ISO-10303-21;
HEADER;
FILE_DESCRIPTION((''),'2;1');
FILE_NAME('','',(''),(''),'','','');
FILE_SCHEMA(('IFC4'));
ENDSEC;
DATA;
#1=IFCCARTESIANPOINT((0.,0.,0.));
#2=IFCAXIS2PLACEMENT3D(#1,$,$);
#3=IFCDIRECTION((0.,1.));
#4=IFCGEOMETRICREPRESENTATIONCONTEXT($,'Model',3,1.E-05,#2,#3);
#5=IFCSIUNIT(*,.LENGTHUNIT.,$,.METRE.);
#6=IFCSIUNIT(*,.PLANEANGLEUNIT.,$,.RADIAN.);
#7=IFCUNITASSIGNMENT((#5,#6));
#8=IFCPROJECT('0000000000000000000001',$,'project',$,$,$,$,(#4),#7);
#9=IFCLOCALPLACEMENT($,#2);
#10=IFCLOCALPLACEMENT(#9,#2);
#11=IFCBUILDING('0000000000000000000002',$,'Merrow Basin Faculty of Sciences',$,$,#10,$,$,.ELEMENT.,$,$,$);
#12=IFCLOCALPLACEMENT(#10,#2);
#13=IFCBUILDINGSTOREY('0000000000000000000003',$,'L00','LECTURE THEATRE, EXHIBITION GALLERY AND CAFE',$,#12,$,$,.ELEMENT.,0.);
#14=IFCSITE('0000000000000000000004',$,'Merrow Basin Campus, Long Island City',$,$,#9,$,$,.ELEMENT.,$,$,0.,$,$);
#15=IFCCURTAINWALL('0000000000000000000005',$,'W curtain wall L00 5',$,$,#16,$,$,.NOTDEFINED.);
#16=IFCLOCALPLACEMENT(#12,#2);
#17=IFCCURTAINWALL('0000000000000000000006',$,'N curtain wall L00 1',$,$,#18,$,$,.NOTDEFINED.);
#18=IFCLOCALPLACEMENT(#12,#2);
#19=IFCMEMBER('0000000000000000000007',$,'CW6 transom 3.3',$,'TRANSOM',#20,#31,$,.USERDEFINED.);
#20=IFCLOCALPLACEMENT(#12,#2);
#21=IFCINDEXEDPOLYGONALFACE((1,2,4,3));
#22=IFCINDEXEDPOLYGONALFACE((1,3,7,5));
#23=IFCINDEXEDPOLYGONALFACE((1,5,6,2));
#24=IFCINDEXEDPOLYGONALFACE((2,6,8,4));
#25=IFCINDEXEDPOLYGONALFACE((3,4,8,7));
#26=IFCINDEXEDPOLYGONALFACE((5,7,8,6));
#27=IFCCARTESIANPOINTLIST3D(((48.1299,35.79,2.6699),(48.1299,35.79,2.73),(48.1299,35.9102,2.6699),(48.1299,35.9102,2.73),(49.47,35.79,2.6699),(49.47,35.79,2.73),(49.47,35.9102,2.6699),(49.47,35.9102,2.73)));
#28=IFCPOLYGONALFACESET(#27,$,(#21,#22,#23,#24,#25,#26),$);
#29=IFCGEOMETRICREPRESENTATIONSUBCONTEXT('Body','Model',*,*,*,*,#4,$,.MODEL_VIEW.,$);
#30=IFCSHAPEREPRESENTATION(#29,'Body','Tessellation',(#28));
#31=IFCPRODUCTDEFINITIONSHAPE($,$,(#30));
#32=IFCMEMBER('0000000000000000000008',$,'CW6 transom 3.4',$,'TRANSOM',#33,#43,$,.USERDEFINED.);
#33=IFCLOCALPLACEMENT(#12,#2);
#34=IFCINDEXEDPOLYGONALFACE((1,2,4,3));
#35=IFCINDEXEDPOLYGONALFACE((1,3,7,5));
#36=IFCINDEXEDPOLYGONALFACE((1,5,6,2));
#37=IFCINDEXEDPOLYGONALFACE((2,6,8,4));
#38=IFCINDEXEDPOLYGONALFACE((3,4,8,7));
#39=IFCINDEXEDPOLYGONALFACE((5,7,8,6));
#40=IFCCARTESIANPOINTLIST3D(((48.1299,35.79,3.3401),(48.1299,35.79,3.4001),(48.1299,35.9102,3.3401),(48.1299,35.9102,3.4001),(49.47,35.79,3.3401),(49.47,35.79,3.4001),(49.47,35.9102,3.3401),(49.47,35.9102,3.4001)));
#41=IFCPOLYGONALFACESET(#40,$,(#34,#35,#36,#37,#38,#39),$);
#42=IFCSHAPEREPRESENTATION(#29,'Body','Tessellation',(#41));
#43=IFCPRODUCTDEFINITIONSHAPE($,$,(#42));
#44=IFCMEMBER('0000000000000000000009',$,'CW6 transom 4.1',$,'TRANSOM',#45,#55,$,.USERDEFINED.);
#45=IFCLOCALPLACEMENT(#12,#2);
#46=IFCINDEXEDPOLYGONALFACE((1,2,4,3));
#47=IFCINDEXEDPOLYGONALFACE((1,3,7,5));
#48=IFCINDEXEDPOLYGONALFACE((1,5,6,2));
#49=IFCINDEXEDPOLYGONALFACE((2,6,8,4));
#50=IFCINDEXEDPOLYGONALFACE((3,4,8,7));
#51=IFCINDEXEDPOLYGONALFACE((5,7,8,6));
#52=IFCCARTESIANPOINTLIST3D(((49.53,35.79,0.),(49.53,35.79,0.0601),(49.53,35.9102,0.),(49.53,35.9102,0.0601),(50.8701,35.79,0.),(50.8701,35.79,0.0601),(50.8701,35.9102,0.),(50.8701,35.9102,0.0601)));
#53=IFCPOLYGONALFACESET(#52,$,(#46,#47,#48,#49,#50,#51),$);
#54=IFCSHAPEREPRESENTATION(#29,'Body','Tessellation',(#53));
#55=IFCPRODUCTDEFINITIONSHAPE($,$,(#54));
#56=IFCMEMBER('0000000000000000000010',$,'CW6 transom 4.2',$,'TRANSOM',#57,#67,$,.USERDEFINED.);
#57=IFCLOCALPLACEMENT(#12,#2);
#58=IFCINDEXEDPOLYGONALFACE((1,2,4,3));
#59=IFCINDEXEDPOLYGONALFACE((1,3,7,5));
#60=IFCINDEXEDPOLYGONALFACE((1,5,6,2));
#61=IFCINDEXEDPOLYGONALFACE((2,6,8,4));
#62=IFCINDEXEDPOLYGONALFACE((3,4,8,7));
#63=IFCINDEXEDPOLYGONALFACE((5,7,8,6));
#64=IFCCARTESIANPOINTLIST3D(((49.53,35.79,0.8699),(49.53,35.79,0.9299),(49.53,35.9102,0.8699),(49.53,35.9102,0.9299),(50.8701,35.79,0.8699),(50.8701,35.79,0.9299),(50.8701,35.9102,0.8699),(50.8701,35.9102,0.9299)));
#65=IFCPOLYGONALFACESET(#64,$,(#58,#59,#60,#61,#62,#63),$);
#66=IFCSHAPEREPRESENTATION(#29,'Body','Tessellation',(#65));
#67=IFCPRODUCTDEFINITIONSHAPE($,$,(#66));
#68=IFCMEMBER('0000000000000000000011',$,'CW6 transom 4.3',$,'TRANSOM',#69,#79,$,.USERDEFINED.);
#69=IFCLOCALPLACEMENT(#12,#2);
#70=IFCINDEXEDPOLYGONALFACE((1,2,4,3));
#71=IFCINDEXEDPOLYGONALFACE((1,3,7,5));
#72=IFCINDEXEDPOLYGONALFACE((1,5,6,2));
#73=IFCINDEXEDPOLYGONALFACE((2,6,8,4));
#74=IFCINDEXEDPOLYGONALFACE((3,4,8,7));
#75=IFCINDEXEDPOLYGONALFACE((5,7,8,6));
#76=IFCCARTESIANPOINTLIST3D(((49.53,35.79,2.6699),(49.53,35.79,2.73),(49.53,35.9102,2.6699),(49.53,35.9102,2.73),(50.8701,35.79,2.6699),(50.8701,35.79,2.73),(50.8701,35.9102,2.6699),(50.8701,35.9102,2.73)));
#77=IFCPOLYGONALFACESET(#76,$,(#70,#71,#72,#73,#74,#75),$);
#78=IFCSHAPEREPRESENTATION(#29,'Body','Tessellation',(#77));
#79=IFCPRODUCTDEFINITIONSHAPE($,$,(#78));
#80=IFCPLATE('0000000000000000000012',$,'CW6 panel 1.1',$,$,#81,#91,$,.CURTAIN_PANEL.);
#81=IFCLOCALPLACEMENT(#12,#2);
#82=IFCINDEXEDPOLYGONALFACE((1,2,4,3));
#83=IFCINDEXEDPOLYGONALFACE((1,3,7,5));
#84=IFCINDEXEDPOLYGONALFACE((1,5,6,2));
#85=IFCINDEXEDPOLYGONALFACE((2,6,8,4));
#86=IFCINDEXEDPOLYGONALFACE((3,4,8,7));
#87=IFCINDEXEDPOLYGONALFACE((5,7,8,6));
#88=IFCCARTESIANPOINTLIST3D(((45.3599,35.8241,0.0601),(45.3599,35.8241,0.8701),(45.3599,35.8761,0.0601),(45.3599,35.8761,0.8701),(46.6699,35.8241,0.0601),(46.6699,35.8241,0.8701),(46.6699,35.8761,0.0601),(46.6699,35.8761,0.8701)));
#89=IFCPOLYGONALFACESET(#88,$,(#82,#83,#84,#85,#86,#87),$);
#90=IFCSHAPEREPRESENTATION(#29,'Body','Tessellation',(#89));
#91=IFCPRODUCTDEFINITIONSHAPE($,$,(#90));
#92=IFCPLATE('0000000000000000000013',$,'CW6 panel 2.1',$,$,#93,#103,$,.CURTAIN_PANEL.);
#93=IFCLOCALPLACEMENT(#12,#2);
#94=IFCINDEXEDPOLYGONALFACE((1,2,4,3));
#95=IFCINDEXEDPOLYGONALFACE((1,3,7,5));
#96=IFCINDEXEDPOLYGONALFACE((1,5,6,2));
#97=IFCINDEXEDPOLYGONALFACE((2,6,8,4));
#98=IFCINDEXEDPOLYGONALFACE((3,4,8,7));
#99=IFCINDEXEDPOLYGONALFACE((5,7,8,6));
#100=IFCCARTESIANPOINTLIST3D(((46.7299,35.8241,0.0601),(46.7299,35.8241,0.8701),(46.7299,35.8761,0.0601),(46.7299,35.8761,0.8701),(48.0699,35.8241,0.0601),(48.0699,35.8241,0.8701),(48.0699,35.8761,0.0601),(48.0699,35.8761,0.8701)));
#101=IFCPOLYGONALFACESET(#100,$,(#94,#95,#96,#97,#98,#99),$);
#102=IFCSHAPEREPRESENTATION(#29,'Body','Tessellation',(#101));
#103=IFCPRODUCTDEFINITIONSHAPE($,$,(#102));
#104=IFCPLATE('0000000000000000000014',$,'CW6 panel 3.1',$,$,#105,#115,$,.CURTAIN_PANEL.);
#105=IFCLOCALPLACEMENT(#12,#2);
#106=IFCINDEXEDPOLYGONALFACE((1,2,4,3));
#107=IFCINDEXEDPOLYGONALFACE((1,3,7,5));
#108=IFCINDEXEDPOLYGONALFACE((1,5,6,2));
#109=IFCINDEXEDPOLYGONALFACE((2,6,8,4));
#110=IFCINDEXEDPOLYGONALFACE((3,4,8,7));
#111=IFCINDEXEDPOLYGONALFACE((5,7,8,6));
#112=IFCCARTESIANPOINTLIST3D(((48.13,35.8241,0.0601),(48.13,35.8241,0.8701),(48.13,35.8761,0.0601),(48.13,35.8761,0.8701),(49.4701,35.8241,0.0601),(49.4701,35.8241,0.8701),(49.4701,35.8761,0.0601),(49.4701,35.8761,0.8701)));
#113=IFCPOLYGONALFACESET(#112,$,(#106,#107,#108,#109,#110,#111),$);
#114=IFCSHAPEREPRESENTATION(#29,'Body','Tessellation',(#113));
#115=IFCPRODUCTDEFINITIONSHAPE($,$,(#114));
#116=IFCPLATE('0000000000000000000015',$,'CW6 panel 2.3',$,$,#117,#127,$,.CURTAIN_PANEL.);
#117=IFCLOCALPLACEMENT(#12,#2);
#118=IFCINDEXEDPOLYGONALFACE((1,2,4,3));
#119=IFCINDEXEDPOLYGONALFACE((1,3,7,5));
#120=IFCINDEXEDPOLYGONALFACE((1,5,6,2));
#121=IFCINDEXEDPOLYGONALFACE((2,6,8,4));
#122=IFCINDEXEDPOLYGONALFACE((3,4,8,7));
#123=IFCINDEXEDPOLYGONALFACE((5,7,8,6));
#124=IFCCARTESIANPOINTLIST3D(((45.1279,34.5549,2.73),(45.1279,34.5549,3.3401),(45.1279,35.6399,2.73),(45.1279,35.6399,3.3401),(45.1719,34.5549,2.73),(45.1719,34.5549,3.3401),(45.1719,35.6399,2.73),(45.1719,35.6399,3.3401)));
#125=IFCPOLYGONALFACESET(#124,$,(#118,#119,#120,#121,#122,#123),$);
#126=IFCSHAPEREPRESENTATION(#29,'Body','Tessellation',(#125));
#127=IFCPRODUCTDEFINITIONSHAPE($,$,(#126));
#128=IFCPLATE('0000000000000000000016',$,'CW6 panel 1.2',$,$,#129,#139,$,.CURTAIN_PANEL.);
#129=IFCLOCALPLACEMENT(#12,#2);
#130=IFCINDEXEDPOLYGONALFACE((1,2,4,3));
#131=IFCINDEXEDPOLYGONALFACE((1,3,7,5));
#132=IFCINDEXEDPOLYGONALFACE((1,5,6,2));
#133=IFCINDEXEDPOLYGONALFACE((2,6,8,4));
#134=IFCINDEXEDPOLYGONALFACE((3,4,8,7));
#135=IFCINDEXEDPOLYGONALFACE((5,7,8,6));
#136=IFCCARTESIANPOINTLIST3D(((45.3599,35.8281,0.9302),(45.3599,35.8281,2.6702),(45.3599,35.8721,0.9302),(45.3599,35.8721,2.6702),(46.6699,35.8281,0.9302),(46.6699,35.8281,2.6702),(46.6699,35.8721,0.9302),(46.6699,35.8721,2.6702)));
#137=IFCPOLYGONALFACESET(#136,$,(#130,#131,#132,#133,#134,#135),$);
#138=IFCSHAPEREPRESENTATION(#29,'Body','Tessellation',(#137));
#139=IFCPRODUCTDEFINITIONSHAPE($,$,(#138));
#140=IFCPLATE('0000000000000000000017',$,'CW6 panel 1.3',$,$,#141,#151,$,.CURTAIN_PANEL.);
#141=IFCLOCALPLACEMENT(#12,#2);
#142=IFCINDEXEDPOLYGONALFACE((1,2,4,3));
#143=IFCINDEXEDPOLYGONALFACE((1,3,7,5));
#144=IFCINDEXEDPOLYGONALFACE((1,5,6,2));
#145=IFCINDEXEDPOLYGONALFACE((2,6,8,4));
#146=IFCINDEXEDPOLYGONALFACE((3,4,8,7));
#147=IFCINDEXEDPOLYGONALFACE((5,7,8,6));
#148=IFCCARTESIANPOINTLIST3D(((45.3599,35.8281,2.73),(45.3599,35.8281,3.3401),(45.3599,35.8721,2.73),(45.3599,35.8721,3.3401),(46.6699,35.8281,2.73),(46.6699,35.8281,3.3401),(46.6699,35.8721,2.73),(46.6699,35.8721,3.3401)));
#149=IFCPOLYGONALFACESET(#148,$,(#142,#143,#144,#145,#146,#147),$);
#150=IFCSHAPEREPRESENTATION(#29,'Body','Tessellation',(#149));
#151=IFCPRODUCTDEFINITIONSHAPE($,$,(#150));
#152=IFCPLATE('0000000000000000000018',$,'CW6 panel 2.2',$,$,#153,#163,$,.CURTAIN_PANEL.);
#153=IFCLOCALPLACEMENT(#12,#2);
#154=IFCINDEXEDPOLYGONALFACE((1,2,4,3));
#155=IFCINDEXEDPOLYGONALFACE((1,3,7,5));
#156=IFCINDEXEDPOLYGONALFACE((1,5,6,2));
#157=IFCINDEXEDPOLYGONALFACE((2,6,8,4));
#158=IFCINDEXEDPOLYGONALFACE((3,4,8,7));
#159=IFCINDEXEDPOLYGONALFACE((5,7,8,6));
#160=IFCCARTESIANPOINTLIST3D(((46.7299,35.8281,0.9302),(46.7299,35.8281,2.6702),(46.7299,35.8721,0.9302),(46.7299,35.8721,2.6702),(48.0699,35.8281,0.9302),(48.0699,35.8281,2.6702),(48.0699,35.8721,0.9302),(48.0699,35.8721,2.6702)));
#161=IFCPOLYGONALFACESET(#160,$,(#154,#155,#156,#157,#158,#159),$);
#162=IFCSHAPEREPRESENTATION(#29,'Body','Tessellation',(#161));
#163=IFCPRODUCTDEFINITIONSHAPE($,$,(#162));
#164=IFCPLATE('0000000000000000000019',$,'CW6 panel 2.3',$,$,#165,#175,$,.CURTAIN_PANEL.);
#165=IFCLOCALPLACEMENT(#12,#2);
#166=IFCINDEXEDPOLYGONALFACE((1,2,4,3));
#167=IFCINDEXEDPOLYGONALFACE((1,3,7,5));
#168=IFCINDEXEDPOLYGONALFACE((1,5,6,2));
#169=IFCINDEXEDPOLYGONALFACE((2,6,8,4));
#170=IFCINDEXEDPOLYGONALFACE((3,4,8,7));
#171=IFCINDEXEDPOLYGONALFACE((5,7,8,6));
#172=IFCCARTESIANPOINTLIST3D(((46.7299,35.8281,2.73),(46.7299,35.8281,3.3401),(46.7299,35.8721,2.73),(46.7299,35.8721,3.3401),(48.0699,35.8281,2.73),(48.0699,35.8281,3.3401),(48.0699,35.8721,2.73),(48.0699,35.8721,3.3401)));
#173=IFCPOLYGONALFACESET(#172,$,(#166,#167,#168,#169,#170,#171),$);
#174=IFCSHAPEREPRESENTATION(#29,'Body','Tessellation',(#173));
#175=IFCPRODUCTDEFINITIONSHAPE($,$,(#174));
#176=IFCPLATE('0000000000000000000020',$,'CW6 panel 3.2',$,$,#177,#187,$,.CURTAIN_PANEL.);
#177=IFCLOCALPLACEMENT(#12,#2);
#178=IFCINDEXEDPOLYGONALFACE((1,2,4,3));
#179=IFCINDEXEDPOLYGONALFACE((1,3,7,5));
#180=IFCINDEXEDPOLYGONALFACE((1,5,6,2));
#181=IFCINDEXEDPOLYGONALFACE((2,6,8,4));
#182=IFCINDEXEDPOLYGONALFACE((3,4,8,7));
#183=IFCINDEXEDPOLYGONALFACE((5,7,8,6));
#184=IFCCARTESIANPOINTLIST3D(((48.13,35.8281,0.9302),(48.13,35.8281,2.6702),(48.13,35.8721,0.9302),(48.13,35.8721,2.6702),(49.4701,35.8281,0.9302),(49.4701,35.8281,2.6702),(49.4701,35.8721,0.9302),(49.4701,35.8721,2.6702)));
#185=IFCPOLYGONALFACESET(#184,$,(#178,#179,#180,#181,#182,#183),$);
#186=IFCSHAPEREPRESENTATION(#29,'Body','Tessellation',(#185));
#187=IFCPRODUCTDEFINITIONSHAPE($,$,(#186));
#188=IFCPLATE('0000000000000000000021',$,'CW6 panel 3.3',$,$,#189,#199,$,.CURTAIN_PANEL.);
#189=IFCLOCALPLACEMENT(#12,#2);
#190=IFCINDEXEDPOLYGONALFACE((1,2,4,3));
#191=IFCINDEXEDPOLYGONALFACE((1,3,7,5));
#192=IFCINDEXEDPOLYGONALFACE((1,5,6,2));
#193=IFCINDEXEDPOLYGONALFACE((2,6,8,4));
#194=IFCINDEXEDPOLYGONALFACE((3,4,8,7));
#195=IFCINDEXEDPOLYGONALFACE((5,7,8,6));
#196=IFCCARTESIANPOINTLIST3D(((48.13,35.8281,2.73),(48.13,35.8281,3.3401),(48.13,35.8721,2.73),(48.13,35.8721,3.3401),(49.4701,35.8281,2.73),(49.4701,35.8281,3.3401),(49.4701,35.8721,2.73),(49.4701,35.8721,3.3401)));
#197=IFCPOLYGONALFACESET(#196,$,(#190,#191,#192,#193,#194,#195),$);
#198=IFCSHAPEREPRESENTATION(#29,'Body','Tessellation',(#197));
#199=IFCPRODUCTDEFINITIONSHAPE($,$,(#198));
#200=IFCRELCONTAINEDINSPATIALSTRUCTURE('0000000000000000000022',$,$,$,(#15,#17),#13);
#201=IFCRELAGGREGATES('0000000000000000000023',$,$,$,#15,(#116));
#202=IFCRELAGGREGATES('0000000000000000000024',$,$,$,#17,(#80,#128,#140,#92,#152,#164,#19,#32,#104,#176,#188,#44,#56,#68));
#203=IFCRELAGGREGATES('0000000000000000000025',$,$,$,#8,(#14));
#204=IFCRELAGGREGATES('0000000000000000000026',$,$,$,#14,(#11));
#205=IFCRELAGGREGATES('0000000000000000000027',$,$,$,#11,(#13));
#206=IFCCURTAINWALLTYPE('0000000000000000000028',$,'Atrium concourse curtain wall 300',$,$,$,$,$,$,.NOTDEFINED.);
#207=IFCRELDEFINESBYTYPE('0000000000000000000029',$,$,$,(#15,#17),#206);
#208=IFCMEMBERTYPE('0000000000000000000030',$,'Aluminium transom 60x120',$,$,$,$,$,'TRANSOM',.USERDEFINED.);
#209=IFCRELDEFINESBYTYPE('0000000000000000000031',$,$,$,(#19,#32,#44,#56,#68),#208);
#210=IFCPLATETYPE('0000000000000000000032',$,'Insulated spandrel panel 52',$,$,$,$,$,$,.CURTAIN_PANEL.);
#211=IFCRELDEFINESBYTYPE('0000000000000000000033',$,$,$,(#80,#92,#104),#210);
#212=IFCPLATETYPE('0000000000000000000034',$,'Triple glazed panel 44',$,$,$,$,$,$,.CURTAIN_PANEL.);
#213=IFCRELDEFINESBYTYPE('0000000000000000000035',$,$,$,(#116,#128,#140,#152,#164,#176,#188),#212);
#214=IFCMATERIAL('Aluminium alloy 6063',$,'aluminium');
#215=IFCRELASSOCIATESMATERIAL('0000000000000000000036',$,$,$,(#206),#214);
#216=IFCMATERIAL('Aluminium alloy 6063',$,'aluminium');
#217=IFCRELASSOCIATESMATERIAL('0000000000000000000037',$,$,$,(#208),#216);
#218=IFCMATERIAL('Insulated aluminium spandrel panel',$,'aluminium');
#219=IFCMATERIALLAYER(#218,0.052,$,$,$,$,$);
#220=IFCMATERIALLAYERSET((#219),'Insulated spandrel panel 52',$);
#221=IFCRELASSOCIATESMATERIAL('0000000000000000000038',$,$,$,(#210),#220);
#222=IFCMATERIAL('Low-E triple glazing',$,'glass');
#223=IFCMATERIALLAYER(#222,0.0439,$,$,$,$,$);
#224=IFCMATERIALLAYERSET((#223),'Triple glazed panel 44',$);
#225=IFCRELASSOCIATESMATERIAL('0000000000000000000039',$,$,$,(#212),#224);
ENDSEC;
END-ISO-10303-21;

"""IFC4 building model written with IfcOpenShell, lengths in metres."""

from ifc_helpers import new_model, si_unit, direction, frame, origin, origin_2d, place, context, subcontext, project, spatial, rectangle, extrude, material, layer, layer_set, material_profile, profile_set, type_object, element, aggregate, save


model = new_model("IFC4")

# Units and contexts
model_context = context("Model", 3, precision=1e-05, world=origin(), true_north=direction((0.0, 1.0)))
body_context = subcontext(model_context, "Body", "Model", "MODEL_VIEW")
ifc_project = project(units=[si_unit("LENGTHUNIT", "METRE"), si_unit("PLANEANGLEUNIT", "RADIAN")], contexts=[model_context])

# Site, building, storey
site_placement = place(None, origin())
site = spatial("IfcSite", under=ifc_project, at=site_placement, Name="Merrow Basin Campus, Long Island City", CompositionType="ELEMENT", RefElevation=0.0)
building_placement = place(site_placement, origin())
building = spatial("IfcBuilding", under=site, at=building_placement, Name="Merrow Basin Faculty of Sciences", CompositionType="ELEMENT")
storey_placement = place(building_placement, origin())
storey = spatial("IfcBuildingStorey", under=building, at=storey_placement, Name="L00", Description="LECTURE THEATRE, EXHIBITION GALLERY AND CAFE", CompositionType="ELEMENT", Elevation=0.0)

# Curtain wall
ifc_material_1 = material(Name="Aluminium alloy 6063", Category="aluminium")
curtain_wall_type = type_object("IfcCurtainWallType", Name="Atrium concourse curtain wall 300", PredefinedType="NOTDEFINED", material=ifc_material_1)
curtain_wall_1_placement = place(storey_placement, origin())
curtain_wall_1 = element("IfcCurtainWall", 1, at=curtain_wall_1_placement, inside=storey, type_object=curtain_wall_type, Name="W curtain wall L00 5", PredefinedType="NOTDEFINED")

# Curtain wall, members, plates
curtain_wall_2_placement = place(storey_placement, origin())
curtain_wall_2 = element("IfcCurtainWall", 2, at=curtain_wall_2_placement, inside=storey, type_object=curtain_wall_type, Name="N curtain wall L00 1", PredefinedType="NOTDEFINED")
ifc_material_2 = material(Name="Aluminium alloy 6063", Category="aluminium")
ifc_material_profile_1 = material_profile(ifc_material_2, rectangle(XDim=0.1201, YDim=0.0601, at=origin_2d()))
ifc_profile_set_1 = profile_set([ifc_material_profile_1], Name="Aluminium alloy 6063")
member_type_1 = type_object("IfcMemberType", Name="Aluminium transom 60x120", ElementType="TRANSOM", PredefinedType="USERDEFINED", material=ifc_profile_set_1)
member_1_placement = place(storey_placement, frame((48.1299, 35.8501, 2.7), z_axis=(1.0, 0.0, 0.0), x_axis=(0.0, 1.0, 0.0)))
member_1 = element("IfcMember", 3, at=member_1_placement, type_object=member_type_1, Name="CW6 transom 3.3", ObjectType="TRANSOM", PredefinedType="USERDEFINED", context=body_context, shape_type="SweptSolid", body=[
    extrude(rectangle(XDim=0.1201, YDim=0.0601, at=origin_2d()), origin(), (0.0, 0.0, 1.0), 1.3401),
])
member_2_placement = place(storey_placement, frame((48.1299, 35.8501, 3.3701), z_axis=(1.0, 0.0, 0.0), x_axis=(0.0, 1.0, 0.0)))
member_2 = element("IfcMember", 4, at=member_2_placement, type_object=member_type_1, Name="CW6 transom 3.4", ObjectType="TRANSOM", PredefinedType="USERDEFINED", context=body_context, shape_type="SweptSolid", body=[
    extrude(rectangle(XDim=0.1201, YDim=0.0601, at=origin_2d()), origin(), (0.0, 0.0, 1.0), 1.3401),
])
member_3_placement = place(storey_placement, frame((49.53, 35.8501, 0.03), z_axis=(1.0, 0.0, 0.0), x_axis=(0.0, 1.0, 0.0)))
member_3 = element("IfcMember", 5, at=member_3_placement, type_object=member_type_1, Name="CW6 transom 4.1", ObjectType="TRANSOM", PredefinedType="USERDEFINED", context=body_context, shape_type="SweptSolid", body=[
    extrude(rectangle(XDim=0.1201, YDim=0.0601, at=origin_2d()), origin(), (0.0, 0.0, 1.0), 1.3401),
])
member_4_placement = place(storey_placement, frame((49.53, 35.8501, 0.8999), z_axis=(1.0, 0.0, 0.0), x_axis=(0.0, 1.0, 0.0)))
member_4 = element("IfcMember", 6, at=member_4_placement, type_object=member_type_1, Name="CW6 transom 4.2", ObjectType="TRANSOM", PredefinedType="USERDEFINED", context=body_context, shape_type="SweptSolid", body=[
    extrude(rectangle(XDim=0.1201, YDim=0.0601, at=origin_2d()), origin(), (0.0, 0.0, 1.0), 1.3401),
])
member_5_placement = place(storey_placement, frame((49.53, 35.8501, 2.7), z_axis=(1.0, 0.0, 0.0), x_axis=(0.0, 1.0, 0.0)))
member_5 = element("IfcMember", 7, at=member_5_placement, type_object=member_type_1, Name="CW6 transom 4.3", ObjectType="TRANSOM", PredefinedType="USERDEFINED", context=body_context, shape_type="SweptSolid", body=[
    extrude(rectangle(XDim=0.1201, YDim=0.0601, at=origin_2d()), origin(), (0.0, 0.0, 1.0), 1.3401),
])
ifc_material_3 = material(Name="Insulated aluminium spandrel panel", Category="aluminium")
ifc_layer_1 = layer(ifc_material_3, 0.052)
ifc_layer_set_1 = layer_set([ifc_layer_1], Name="Insulated spandrel panel 52")
plate_type_1 = type_object("IfcPlateType", Name="Insulated spandrel panel 52", PredefinedType="CURTAIN_PANEL", material=ifc_layer_set_1)
plate_1_placement = place(storey_placement, frame((46.0149, 35.8501, 0.0601), z_axis=(0.0, 0.0, 1.0), x_axis=(1.0, 0.0, 0.0)))
plate_1 = element("IfcPlate", 8, at=plate_1_placement, type_object=plate_type_1, Name="CW6 panel 1.1", PredefinedType="CURTAIN_PANEL", context=body_context, shape_type="SweptSolid", body=[
    extrude(rectangle(XDim=1.3101, YDim=0.052, at=origin_2d()), origin(), (0.0, 0.0, 1.0), 0.8101),
])
plate_2_placement = place(storey_placement, frame((47.3999, 35.8501, 0.0601), z_axis=(0.0, 0.0, 1.0), x_axis=(1.0, 0.0, 0.0)))
plate_2 = element("IfcPlate", 9, at=plate_2_placement, type_object=plate_type_1, Name="CW6 panel 2.1", PredefinedType="CURTAIN_PANEL", context=body_context, shape_type="SweptSolid", body=[
    extrude(rectangle(XDim=1.3401, YDim=0.052, at=origin_2d()), origin(), (0.0, 0.0, 1.0), 0.8101),
])
plate_3_placement = place(storey_placement, frame((48.8, 35.8501, 0.0601), z_axis=(0.0, 0.0, 1.0), x_axis=(1.0, 0.0, 0.0)))
plate_3 = element("IfcPlate", 10, at=plate_3_placement, type_object=plate_type_1, Name="CW6 panel 3.1", PredefinedType="CURTAIN_PANEL", context=body_context, shape_type="SweptSolid", body=[
    extrude(rectangle(XDim=1.3401, YDim=0.052, at=origin_2d()), origin(), (0.0, 0.0, 1.0), 0.8101),
])

# Plates
ifc_material_4 = material(Name="Low-E triple glazing", Category="glass")
ifc_layer_2 = layer(ifc_material_4, 0.0439)
ifc_layer_set_2 = layer_set([ifc_layer_2], Name="Triple glazed panel 44")
plate_type_2 = type_object("IfcPlateType", Name="Triple glazed panel 44", PredefinedType="CURTAIN_PANEL", material=ifc_layer_set_2)
plate_4_placement = place(storey_placement, frame((45.1499, 35.0974, 2.73), z_axis=(0.0, 0.0, 1.0), x_axis=(0.0, 1.0, 0.0)))
plate_4 = element("IfcPlate", 11, at=plate_4_placement, type_object=plate_type_2, Name="CW6 panel 2.3", PredefinedType="CURTAIN_PANEL", context=body_context, shape_type="SweptSolid", body=[
    extrude(rectangle(XDim=1.085, YDim=0.0439, at=origin_2d()), origin(), (0.0, 0.0, 1.0), 0.6101),
])
aggregate(curtain_wall_1, [plate_4])
plate_5_placement = place(storey_placement, frame((46.0149, 35.8501, 0.9302), z_axis=(0.0, 0.0, 1.0), x_axis=(1.0, 0.0, 0.0)))
plate_5 = element("IfcPlate", 12, at=plate_5_placement, type_object=plate_type_2, Name="CW6 panel 1.2", PredefinedType="CURTAIN_PANEL", context=body_context, shape_type="SweptSolid", body=[
    extrude(rectangle(XDim=1.3101, YDim=0.0439, at=origin_2d()), origin(), (0.0, 0.0, 1.0), 1.74),
])
plate_6_placement = place(storey_placement, frame((46.0149, 35.8501, 2.73), z_axis=(0.0, 0.0, 1.0), x_axis=(1.0, 0.0, 0.0)))
plate_6 = element("IfcPlate", 13, at=plate_6_placement, type_object=plate_type_2, Name="CW6 panel 1.3", PredefinedType="CURTAIN_PANEL", context=body_context, shape_type="SweptSolid", body=[
    extrude(rectangle(XDim=1.3101, YDim=0.0439, at=origin_2d()), origin(), (0.0, 0.0, 1.0), 0.6101),
])
plate_7_placement = place(storey_placement, frame((47.3999, 35.8501, 0.9302), z_axis=(0.0, 0.0, 1.0), x_axis=(1.0, 0.0, 0.0)))
plate_7 = element("IfcPlate", 14, at=plate_7_placement, type_object=plate_type_2, Name="CW6 panel 2.2", PredefinedType="CURTAIN_PANEL", context=body_context, shape_type="SweptSolid", body=[
    extrude(rectangle(XDim=1.3401, YDim=0.0439, at=origin_2d()), origin(), (0.0, 0.0, 1.0), 1.74),
])
plate_8_placement = place(storey_placement, frame((47.3999, 35.8501, 2.73), z_axis=(0.0, 0.0, 1.0), x_axis=(1.0, 0.0, 0.0)))
plate_8 = element("IfcPlate", 15, at=plate_8_placement, type_object=plate_type_2, Name="CW6 panel 2.3", PredefinedType="CURTAIN_PANEL", context=body_context, shape_type="SweptSolid", body=[
    extrude(rectangle(XDim=1.3401, YDim=0.0439, at=origin_2d()), origin(), (0.0, 0.0, 1.0), 0.6101),
])
plate_9_placement = place(storey_placement, frame((48.8, 35.8501, 0.9302), z_axis=(0.0, 0.0, 1.0), x_axis=(1.0, 0.0, 0.0)))
plate_9 = element("IfcPlate", 16, at=plate_9_placement, type_object=plate_type_2, Name="CW6 panel 3.2", PredefinedType="CURTAIN_PANEL", context=body_context, shape_type="SweptSolid", body=[
    extrude(rectangle(XDim=1.3401, YDim=0.0439, at=origin_2d()), origin(), (0.0, 0.0, 1.0), 1.74),
])
plate_10_placement = place(storey_placement, frame((48.8, 35.8501, 2.73), z_axis=(0.0, 0.0, 1.0), x_axis=(1.0, 0.0, 0.0)))
plate_10 = element("IfcPlate", 17, at=plate_10_placement, type_object=plate_type_2, Name="CW6 panel 3.3", PredefinedType="CURTAIN_PANEL", context=body_context, shape_type="SweptSolid", body=[
    extrude(rectangle(XDim=1.3401, YDim=0.0439, at=origin_2d()), origin(), (0.0, 0.0, 1.0), 0.6101),
])
aggregate(curtain_wall_2, [plate_1, plate_5, plate_6, plate_2, plate_7, plate_8, member_1, member_2, plate_3, plate_9, plate_10, member_3, member_4, member_5])

save(model, "model.ifc")
